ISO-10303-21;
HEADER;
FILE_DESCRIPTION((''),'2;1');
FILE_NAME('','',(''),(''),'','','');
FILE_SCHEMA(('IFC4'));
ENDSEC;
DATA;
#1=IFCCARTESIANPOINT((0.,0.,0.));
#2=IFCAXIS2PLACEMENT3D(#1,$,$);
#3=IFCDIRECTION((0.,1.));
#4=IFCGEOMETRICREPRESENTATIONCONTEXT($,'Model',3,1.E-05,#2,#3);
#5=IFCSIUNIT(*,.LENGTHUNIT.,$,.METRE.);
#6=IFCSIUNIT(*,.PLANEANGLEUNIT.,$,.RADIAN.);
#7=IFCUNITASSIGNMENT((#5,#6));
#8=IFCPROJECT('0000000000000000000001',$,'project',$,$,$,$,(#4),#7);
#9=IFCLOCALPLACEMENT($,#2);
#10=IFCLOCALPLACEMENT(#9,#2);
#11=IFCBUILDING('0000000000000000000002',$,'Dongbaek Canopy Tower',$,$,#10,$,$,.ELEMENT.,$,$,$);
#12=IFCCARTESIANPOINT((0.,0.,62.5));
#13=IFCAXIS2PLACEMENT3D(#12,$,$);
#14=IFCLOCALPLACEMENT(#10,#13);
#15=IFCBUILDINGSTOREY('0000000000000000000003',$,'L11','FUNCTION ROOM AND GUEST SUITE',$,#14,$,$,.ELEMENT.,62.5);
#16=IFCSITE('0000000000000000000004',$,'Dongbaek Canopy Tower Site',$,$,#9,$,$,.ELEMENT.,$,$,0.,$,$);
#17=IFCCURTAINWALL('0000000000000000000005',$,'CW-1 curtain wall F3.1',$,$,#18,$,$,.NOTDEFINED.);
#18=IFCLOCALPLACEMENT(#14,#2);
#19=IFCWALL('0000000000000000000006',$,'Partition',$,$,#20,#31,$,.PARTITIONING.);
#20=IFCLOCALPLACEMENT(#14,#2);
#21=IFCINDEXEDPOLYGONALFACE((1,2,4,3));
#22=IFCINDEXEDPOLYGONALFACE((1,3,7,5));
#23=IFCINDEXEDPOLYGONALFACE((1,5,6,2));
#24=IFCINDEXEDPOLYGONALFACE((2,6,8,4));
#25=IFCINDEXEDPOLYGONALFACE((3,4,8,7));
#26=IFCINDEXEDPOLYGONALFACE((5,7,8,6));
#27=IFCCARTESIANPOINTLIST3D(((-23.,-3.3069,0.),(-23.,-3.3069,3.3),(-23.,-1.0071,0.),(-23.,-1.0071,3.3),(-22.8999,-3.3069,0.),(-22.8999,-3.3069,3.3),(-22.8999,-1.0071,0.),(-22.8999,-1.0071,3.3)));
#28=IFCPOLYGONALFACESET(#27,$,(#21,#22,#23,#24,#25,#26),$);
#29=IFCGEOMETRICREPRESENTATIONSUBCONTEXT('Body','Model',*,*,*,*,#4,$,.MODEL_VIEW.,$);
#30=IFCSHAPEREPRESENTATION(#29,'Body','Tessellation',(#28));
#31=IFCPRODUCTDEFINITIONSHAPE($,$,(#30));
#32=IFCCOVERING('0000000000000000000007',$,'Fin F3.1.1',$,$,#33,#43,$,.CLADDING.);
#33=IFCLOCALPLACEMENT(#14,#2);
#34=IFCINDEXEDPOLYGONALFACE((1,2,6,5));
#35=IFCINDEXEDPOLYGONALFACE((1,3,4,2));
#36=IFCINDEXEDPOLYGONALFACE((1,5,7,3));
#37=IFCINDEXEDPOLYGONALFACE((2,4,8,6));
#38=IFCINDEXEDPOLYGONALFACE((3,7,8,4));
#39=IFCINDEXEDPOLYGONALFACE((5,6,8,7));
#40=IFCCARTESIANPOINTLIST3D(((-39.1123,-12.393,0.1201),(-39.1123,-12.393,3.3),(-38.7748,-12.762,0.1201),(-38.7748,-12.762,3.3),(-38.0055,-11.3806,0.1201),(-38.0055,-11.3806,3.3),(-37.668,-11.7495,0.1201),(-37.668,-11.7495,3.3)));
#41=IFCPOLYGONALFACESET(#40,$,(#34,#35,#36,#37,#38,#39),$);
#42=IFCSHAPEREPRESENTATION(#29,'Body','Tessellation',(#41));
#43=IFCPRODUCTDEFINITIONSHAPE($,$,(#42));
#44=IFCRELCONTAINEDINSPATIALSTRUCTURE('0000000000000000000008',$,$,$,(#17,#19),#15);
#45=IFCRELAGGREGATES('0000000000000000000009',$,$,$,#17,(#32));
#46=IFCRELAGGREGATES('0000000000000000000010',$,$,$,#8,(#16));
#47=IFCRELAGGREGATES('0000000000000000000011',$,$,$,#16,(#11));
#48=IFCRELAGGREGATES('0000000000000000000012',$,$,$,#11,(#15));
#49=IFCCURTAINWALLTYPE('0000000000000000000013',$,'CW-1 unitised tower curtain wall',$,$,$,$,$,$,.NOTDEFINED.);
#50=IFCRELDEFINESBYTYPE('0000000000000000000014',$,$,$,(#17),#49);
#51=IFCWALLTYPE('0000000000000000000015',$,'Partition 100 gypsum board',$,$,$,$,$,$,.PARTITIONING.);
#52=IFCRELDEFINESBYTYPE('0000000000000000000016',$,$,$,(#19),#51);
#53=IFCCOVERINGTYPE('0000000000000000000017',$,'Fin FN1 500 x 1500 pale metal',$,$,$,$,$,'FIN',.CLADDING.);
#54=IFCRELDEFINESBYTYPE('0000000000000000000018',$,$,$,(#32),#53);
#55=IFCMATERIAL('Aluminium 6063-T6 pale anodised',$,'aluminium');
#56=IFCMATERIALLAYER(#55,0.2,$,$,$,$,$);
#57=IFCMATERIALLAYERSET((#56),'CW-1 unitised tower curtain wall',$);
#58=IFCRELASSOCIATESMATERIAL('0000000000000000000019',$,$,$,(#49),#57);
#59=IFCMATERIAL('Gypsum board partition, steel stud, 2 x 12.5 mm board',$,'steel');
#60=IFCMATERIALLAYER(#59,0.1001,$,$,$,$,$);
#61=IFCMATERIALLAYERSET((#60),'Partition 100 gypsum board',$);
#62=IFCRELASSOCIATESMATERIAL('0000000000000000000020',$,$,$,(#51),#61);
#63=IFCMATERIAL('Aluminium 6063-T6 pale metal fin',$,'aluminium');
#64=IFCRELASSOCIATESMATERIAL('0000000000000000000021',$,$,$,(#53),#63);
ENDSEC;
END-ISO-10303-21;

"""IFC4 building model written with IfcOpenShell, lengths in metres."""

from ifc_helpers import new_model, si_unit, direction, frame, frame_2d, origin, origin_2d, place, context, subcontext, project, spatial, rectangle, extrude, material, layer, layer_set, material_profile, profile_set, type_object, element, aggregate, save


model = new_model("IFC4")

# Units and contexts
model_context = context("Model", 3, precision=1e-05, world=origin(), true_north=direction((0.0, 1.0)))
body_context = subcontext(model_context, "Body", "Model", "MODEL_VIEW")
ifc_project = project(units=[si_unit("LENGTHUNIT", "METRE"), si_unit("PLANEANGLEUNIT", "RADIAN")], contexts=[model_context])

# Site, building, storey
site_placement = place(None, origin())
site = spatial("IfcSite", under=ifc_project, at=site_placement, Name="Dongbaek Canopy Tower Site", CompositionType="ELEMENT", RefElevation=0.0)
building_placement = place(site_placement, origin())
building = spatial("IfcBuilding", under=site, at=building_placement, Name="Dongbaek Canopy Tower", CompositionType="ELEMENT")
storey_placement = place(building_placement, frame((0.0, 0.0, 62.5)))
storey = spatial("IfcBuildingStorey", under=building, at=storey_placement, Name="L11", Description="FUNCTION ROOM AND GUEST SUITE", CompositionType="ELEMENT", Elevation=62.5)

# Shared definitions
ifc_material_1 = material(Name="Aluminium 6063-T6 pale anodised", Category="aluminium")
ifc_layer_1 = layer(ifc_material_1, 0.2)
ifc_layer_set_1 = layer_set([ifc_layer_1], Name="CW-1 unitised tower curtain wall")
curtain_wall_type = type_object("IfcCurtainWallType", Name="CW-1 unitised tower curtain wall", PredefinedType="NOTDEFINED", material=ifc_layer_set_1)

# Curtain wall
curtain_wall_1_placement = place(storey_placement, origin())
curtain_wall_1 = element("IfcCurtainWall", 1, at=curtain_wall_1_placement, inside=storey, type_object=curtain_wall_type, Name="CW-1 curtain wall F3.1", PredefinedType="NOTDEFINED")

# Shared definitions
ifc_material_2 = material(Name="Gypsum board partition, steel stud, 2 x 12.5 mm board", Category="steel")
ifc_layer_2 = layer(ifc_material_2, 0.1001)
ifc_layer_set_2 = layer_set([ifc_layer_2], Name="Partition 100 gypsum board")
wall_type_1 = type_object("IfcWallType", Name="Partition 100 gypsum board", PredefinedType="PARTITIONING", material=ifc_layer_set_2)

# Wall
for number, where, z_axis, x_axis, name in (
    (2, (-22.95, -3.3069, 0.0), (0.0, 0.0, 1.0), (0.0, 1.0, 0.0), "Partition"),
):
    element("IfcWall", number, at=place(storey_placement, frame(where, z_axis=z_axis, x_axis=x_axis)), inside=storey, type_object=wall_type_1, Name=name, PredefinedType="PARTITIONING", context=body_context, shape_type="SweptSolid", body=[
        extrude(rectangle(XDim=2.2998, YDim=0.1001, at=frame_2d((1.1499, 0.0))), origin(), (0.0, 0.0, 1.0), 3.3),
    ])

# Covering
ifc_material_3 = material(Name="Aluminium 6063-T6 pale metal fin", Category="aluminium")
ifc_material_profile_1 = material_profile(ifc_material_3, rectangle(XDim=1.5, YDim=0.5, at=origin_2d()), Name="Fin FN1 500 x 1500 pale metal")
ifc_profile_set_1 = profile_set([ifc_material_profile_1], Name="Aluminium 6063-T6 pale metal fin")
covering_type = type_object("IfcCoveringType", Name="Fin FN1 500 x 1500 pale metal", ElementType="FIN", PredefinedType="CLADDING", material=ifc_profile_set_1)
covering_placement = place(storey_placement, frame((-38.3901, -12.0713, 0.1201), z_axis=(0.0, 0.0, 1.0), x_axis=(-0.737855, -0.674959, 0.0)))
covering = element("IfcCovering", 3, at=covering_placement, type_object=covering_type, Name="Fin F3.1.1", PredefinedType="CLADDING", context=body_context, shape_type="SweptSolid", body=[
    extrude(rectangle(XDim=1.5, YDim=0.5, at=origin_2d()), origin(), (0.0, 0.0, 1.0), 3.1799),
])
aggregate(curtain_wall_1, [covering])

save(model, "model.ifc")
